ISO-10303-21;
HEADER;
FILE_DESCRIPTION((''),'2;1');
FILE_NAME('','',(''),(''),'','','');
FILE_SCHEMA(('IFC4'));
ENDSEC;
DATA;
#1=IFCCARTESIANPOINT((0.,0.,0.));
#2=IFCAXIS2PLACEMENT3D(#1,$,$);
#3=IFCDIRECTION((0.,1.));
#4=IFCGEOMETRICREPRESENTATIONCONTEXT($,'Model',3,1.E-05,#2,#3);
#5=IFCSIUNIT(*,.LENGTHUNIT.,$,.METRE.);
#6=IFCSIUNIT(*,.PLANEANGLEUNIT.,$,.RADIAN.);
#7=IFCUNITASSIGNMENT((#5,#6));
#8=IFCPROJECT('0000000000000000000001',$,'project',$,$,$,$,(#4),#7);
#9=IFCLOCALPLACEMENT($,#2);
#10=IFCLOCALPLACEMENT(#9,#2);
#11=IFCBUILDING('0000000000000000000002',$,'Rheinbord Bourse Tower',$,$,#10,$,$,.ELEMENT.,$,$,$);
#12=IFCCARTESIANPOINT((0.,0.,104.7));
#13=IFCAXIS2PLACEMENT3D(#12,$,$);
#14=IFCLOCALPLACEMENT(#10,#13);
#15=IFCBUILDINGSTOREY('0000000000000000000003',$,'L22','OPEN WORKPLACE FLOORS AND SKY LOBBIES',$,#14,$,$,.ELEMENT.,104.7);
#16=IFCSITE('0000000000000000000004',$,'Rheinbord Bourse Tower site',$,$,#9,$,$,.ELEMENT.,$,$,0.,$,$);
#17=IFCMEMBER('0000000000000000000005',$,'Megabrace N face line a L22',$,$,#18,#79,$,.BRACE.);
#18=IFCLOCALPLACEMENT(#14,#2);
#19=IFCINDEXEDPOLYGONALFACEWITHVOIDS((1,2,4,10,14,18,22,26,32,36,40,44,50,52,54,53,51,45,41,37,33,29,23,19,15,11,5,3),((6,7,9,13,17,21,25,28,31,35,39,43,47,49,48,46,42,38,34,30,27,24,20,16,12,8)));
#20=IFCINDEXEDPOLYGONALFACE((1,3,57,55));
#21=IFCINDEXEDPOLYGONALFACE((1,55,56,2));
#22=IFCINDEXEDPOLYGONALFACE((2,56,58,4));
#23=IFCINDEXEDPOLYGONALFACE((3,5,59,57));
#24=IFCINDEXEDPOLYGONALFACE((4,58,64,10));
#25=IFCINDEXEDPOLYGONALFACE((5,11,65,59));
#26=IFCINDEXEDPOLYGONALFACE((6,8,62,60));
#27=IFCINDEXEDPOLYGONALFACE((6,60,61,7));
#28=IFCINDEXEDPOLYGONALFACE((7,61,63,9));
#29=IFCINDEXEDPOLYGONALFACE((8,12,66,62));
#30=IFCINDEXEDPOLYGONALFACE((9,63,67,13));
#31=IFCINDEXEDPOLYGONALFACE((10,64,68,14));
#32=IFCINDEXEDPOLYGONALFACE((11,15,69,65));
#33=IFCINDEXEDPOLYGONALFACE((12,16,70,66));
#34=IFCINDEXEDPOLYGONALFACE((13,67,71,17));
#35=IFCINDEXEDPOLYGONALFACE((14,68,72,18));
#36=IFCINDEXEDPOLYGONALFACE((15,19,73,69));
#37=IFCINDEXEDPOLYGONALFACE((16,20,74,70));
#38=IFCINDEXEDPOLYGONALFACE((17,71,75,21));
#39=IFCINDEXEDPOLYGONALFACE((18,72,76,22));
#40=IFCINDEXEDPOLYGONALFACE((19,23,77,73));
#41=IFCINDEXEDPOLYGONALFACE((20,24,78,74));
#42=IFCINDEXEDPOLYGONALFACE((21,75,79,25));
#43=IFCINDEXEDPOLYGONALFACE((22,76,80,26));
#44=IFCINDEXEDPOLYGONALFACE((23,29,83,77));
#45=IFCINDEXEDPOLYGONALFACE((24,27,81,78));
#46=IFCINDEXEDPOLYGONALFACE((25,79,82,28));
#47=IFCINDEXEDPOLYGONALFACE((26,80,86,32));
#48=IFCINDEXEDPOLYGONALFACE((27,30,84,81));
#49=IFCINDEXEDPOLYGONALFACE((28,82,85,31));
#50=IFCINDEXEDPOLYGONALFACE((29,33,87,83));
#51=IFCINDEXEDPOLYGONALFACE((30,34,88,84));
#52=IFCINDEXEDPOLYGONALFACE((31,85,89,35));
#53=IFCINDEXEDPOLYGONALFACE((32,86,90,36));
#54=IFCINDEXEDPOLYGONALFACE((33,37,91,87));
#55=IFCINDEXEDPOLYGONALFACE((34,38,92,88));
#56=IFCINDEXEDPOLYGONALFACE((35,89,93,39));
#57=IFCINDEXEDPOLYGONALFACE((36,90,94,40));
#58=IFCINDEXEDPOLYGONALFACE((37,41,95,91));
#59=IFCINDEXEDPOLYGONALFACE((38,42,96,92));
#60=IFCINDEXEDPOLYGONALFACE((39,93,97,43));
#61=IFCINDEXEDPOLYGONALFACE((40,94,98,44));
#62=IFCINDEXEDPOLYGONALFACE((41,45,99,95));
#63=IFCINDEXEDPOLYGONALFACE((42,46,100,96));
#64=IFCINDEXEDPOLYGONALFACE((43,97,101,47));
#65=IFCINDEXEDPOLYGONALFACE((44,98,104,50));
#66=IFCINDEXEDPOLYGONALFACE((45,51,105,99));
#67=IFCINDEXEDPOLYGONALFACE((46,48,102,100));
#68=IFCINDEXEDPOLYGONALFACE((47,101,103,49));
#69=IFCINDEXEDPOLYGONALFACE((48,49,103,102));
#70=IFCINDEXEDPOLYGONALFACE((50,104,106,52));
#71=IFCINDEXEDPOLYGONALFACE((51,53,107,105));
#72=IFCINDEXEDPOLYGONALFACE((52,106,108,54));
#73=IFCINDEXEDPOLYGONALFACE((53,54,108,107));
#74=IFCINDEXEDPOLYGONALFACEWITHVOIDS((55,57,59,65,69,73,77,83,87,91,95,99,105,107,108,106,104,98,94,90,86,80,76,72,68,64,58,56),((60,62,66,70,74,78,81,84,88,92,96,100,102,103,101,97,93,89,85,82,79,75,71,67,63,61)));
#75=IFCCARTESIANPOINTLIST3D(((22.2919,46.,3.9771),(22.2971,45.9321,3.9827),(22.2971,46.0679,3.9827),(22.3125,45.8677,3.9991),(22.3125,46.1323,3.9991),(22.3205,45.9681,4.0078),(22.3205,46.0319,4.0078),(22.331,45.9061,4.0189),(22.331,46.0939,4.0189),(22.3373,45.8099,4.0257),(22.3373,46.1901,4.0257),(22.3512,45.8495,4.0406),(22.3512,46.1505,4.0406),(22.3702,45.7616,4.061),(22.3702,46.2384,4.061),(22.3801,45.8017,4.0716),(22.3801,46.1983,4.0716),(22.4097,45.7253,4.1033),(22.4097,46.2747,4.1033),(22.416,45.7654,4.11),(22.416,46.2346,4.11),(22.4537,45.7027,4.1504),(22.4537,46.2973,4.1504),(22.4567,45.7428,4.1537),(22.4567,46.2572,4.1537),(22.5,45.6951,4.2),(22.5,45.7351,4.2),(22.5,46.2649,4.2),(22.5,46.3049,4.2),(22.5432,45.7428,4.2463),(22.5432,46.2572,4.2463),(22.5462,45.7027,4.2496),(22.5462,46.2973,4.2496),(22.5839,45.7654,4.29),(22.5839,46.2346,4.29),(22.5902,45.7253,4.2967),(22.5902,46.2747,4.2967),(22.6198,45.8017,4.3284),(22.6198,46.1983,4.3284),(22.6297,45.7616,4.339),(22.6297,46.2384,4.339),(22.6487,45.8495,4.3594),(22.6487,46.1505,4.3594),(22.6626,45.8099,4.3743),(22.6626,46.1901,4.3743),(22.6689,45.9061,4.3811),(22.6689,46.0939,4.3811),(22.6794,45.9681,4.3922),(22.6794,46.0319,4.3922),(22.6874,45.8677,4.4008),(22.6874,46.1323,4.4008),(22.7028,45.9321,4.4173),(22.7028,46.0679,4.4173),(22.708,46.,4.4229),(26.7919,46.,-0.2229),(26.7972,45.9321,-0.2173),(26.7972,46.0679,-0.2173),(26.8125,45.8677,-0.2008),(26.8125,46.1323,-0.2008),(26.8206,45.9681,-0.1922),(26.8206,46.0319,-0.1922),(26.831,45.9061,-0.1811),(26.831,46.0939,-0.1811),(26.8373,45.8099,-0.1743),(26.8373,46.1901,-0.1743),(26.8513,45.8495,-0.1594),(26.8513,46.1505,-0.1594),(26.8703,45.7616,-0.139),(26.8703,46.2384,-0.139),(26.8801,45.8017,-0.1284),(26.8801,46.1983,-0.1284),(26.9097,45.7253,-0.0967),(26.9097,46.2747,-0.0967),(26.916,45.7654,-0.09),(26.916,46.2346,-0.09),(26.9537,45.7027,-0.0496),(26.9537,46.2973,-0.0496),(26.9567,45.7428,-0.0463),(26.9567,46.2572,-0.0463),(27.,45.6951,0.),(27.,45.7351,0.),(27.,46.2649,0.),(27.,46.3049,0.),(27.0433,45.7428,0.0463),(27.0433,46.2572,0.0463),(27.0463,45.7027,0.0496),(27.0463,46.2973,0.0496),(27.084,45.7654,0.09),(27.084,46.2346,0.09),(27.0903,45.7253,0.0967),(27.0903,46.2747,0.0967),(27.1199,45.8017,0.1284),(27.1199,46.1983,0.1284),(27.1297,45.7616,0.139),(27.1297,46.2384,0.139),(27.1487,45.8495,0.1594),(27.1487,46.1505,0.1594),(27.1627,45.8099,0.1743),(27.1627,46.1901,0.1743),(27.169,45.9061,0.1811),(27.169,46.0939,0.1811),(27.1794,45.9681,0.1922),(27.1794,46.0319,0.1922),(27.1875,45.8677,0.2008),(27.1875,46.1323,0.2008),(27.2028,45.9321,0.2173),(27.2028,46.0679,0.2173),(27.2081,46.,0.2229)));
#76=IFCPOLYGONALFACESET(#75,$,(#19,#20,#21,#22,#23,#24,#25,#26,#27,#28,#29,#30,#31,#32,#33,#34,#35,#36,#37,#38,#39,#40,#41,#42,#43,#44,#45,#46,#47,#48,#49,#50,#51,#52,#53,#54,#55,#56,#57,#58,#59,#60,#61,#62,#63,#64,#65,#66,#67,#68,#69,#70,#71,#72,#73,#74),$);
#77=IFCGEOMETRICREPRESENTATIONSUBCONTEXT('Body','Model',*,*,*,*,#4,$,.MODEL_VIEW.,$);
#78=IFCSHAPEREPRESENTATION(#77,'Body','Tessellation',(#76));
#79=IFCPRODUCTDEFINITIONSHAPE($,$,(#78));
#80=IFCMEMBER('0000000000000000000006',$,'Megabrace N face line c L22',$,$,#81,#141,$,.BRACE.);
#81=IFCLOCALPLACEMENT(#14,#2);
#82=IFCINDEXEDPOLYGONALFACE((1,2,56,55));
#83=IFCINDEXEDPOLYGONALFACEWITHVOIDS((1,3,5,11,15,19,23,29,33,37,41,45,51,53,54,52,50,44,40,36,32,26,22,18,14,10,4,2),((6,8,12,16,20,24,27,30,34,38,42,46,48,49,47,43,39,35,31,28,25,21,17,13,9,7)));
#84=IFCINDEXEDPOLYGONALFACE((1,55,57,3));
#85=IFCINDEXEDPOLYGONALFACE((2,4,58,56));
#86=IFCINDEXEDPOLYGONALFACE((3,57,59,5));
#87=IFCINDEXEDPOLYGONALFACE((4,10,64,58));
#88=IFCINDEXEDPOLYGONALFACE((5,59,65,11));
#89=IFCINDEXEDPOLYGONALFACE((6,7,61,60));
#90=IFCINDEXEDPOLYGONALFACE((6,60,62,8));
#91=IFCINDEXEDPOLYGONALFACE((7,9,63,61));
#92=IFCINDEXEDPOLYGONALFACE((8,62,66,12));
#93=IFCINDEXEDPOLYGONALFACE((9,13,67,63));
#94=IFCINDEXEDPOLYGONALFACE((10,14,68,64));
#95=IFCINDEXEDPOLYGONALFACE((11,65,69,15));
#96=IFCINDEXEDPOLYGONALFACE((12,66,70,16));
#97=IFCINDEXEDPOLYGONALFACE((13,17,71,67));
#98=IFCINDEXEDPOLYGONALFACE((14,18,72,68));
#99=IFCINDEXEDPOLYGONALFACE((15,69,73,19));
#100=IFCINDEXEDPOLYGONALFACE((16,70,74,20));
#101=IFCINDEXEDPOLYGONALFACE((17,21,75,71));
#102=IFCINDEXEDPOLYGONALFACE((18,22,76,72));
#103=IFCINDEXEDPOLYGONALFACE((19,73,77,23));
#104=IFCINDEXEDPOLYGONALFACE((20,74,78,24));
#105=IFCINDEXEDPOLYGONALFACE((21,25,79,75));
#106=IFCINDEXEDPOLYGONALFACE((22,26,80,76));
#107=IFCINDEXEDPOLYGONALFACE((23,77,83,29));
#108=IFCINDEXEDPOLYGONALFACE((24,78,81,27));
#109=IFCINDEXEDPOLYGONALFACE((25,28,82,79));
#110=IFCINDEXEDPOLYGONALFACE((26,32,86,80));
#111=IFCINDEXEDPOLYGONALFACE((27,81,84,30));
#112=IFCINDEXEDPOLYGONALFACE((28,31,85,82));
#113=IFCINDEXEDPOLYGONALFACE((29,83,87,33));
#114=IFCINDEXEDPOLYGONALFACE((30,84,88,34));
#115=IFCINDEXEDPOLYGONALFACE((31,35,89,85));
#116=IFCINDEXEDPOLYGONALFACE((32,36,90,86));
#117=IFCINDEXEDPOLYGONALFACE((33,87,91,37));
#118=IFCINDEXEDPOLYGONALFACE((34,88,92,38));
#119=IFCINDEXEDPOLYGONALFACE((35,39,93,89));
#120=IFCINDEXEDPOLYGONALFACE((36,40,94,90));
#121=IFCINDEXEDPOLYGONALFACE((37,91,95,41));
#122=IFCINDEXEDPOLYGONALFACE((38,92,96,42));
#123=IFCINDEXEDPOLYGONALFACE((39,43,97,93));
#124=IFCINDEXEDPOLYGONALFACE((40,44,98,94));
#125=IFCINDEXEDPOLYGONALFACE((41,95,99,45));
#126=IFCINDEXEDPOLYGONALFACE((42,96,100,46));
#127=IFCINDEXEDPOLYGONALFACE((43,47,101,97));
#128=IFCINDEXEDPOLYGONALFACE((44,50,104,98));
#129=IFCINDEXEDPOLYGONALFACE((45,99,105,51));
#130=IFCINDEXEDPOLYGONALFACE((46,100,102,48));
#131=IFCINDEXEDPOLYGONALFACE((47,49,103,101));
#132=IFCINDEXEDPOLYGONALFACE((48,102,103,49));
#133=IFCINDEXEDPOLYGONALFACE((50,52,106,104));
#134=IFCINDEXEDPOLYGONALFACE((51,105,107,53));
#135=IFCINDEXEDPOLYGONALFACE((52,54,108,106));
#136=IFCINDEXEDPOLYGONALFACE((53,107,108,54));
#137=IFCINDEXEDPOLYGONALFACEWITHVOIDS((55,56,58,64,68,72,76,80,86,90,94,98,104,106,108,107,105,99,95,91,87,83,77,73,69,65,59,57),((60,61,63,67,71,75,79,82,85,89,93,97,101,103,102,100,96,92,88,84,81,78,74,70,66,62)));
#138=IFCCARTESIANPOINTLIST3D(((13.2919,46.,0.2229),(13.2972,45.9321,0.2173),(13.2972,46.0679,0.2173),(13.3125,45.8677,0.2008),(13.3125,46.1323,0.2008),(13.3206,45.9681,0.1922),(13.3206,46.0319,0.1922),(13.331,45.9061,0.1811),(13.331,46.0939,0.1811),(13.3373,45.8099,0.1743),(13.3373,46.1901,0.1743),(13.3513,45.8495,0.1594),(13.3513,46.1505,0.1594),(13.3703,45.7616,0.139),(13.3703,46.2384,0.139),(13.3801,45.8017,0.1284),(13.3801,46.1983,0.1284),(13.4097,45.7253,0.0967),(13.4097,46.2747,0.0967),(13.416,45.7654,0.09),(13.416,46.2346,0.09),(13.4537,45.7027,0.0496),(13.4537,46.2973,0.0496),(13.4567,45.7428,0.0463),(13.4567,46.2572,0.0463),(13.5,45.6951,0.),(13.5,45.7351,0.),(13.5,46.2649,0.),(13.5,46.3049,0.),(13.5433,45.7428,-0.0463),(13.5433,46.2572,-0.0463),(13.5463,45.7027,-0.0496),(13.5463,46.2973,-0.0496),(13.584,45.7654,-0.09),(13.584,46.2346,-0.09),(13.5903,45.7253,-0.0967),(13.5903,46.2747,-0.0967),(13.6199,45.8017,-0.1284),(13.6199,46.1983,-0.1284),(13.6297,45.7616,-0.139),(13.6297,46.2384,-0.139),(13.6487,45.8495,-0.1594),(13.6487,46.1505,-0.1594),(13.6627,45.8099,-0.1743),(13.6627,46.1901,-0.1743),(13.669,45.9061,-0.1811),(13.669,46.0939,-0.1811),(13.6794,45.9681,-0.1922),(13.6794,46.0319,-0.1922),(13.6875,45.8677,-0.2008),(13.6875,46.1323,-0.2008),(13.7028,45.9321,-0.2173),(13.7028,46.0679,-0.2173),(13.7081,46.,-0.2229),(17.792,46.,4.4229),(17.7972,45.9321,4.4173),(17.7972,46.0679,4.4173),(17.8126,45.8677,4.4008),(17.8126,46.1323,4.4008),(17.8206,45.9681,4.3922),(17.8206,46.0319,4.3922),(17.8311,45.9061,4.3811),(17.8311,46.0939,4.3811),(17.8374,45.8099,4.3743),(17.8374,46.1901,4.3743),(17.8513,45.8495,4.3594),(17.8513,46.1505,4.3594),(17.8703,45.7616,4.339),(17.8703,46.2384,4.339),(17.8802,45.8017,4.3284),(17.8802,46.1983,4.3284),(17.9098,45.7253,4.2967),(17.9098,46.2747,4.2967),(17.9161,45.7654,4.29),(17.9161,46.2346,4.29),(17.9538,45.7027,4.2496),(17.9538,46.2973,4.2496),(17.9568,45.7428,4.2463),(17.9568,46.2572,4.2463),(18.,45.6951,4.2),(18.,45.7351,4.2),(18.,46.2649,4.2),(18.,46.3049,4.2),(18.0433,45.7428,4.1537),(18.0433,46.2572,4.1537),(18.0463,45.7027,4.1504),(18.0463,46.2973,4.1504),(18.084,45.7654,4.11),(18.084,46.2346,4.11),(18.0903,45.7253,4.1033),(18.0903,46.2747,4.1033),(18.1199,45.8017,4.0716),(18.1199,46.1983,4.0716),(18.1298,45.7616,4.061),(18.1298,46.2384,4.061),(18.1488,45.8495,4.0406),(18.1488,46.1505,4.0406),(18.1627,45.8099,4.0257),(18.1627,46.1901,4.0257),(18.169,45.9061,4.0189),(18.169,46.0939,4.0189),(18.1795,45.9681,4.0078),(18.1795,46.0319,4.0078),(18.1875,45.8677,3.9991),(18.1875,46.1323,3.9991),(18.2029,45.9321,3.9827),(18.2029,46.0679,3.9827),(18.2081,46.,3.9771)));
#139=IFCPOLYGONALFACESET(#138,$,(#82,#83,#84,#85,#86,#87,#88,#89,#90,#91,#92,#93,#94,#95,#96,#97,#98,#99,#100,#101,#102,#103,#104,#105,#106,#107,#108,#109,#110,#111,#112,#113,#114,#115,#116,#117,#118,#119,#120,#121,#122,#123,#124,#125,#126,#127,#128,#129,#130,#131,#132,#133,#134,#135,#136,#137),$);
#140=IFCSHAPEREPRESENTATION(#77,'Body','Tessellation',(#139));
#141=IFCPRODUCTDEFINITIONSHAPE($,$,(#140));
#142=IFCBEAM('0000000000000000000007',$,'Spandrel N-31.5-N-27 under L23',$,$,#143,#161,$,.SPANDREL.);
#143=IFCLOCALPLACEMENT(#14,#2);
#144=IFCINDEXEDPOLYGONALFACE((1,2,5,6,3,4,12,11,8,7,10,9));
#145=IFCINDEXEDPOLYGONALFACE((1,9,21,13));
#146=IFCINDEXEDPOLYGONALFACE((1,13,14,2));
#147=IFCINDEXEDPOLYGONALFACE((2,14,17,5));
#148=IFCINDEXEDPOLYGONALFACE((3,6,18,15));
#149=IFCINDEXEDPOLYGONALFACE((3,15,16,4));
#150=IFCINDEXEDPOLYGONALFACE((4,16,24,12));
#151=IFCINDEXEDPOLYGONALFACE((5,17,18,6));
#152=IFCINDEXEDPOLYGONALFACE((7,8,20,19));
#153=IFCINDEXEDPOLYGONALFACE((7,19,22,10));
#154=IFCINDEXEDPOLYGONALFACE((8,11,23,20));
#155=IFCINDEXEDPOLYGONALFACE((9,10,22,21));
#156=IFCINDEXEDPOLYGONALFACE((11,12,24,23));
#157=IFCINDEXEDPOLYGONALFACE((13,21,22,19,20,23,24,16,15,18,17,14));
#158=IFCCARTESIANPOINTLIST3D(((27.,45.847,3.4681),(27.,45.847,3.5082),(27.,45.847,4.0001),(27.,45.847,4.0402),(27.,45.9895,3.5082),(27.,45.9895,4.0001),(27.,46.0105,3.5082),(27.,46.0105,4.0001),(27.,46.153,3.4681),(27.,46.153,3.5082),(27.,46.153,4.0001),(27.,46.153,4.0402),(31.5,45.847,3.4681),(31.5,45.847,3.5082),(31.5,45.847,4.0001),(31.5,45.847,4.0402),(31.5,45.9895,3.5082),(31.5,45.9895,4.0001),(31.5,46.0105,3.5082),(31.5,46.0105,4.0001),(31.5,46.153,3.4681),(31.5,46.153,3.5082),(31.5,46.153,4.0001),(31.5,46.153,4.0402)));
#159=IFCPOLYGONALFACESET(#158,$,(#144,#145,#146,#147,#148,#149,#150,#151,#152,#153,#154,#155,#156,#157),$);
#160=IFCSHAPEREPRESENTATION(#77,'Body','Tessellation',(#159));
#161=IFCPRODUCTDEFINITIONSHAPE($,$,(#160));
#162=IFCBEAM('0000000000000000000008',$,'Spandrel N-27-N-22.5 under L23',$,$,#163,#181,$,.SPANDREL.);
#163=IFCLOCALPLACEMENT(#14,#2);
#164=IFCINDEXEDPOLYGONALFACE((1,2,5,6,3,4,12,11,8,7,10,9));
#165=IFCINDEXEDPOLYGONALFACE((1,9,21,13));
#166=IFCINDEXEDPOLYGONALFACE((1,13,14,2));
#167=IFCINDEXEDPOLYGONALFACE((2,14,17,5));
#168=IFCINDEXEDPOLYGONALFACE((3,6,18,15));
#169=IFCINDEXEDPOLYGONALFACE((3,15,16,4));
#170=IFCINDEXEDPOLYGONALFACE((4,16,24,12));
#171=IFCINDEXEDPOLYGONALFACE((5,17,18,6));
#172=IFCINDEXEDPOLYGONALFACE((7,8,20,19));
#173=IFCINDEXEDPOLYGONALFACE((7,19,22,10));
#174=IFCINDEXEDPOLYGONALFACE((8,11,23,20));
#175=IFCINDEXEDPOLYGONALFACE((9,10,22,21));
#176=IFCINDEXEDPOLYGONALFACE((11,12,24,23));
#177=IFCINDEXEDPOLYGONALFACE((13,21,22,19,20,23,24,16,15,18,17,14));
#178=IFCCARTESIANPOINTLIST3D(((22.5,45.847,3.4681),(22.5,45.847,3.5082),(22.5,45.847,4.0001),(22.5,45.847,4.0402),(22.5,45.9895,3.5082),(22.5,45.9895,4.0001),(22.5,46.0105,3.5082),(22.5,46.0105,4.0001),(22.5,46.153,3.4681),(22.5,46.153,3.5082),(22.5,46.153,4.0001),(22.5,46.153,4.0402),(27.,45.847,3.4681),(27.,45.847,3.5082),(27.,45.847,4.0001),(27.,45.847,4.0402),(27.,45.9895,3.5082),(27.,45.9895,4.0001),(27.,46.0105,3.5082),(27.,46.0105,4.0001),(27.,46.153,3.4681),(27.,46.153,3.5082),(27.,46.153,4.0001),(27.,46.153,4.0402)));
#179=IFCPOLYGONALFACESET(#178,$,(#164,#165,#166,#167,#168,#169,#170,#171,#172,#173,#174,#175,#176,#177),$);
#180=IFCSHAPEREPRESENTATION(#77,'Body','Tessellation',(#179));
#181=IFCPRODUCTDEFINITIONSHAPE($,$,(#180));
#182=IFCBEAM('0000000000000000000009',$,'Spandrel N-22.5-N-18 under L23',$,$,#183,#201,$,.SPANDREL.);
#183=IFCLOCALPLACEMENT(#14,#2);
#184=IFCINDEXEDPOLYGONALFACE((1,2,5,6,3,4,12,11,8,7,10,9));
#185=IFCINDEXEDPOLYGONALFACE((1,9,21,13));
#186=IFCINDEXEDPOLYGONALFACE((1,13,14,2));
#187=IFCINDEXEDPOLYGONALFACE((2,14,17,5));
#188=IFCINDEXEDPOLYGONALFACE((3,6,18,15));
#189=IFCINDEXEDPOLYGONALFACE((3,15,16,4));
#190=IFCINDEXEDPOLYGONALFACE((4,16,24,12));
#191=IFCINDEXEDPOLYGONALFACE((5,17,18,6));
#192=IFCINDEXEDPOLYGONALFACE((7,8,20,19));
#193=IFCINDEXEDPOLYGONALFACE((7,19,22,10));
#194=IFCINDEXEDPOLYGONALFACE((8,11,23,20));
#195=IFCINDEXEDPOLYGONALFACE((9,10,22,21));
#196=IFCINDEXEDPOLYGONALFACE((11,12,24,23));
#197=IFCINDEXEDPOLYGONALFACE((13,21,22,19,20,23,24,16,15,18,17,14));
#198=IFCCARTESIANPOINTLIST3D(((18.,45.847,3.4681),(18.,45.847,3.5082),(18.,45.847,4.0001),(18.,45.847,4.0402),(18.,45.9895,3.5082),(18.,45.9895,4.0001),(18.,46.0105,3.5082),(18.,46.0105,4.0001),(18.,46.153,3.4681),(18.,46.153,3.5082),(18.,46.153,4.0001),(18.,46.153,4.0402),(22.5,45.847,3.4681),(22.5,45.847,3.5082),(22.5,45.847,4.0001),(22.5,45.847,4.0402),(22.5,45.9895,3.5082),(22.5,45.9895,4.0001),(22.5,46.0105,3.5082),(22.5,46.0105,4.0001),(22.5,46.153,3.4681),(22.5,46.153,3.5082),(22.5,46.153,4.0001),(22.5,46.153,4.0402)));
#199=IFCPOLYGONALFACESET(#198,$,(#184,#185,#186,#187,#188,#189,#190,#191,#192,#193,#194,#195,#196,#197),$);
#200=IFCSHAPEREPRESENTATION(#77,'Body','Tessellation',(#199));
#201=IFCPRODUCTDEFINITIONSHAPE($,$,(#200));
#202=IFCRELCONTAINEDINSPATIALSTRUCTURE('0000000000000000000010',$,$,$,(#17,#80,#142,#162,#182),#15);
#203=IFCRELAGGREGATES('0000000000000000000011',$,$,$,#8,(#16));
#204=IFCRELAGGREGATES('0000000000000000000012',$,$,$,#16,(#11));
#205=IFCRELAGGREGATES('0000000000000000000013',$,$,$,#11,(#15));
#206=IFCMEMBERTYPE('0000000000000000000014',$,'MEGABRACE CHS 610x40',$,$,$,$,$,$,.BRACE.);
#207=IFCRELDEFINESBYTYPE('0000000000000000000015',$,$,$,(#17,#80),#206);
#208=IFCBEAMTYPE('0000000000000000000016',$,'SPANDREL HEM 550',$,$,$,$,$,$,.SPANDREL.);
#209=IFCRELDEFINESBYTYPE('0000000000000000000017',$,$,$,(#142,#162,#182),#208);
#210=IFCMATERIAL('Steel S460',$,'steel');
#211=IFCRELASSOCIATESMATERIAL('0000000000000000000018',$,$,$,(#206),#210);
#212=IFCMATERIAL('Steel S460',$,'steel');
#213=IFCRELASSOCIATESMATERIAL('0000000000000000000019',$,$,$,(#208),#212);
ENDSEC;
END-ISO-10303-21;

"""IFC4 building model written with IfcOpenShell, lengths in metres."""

from ifc_helpers import new_model, si_unit, direction, frame, origin, origin_2d, place, context, subcontext, project, spatial, hollow_circle, i_section, extrude, material, material_profile, profile_set, type_object, element, save


model = new_model("IFC4")

# Units and contexts
model_context = context("Model", 3, precision=1e-05, world=origin(), true_north=direction((0.0, 1.0)))
body_context = subcontext(model_context, "Body", "Model", "MODEL_VIEW")
ifc_project = project(units=[si_unit("LENGTHUNIT", "METRE"), si_unit("PLANEANGLEUNIT", "RADIAN")], contexts=[model_context])

# Site, building, storey
site_placement = place(None, origin())
site = spatial("IfcSite", under=ifc_project, at=site_placement, Name="Rheinbord Bourse Tower site", CompositionType="ELEMENT", RefElevation=0.0)
building_placement = place(site_placement, origin())
building = spatial("IfcBuilding", under=site, at=building_placement, Name="Rheinbord Bourse Tower", CompositionType="ELEMENT")
storey_placement = place(building_placement, frame((0.0, 0.0, 104.7)))
storey = spatial("IfcBuildingStorey", under=building, at=storey_placement, Name="L22", Description="OPEN WORKPLACE FLOORS AND SKY LOBBIES", CompositionType="ELEMENT", Elevation=104.7)

# Members
ifc_material_1 = material(Name="Steel S460", Category="steel")
ifc_material_profile_1 = material_profile(ifc_material_1, hollow_circle(Radius=0.3049, WallThickness=0.04, at=origin_2d()), Name="CHS 610x40")
ifc_profile_set_1 = profile_set([ifc_material_profile_1], Name="Steel S460")
member_type_1 = type_object("IfcMemberType", Name="MEGABRACE CHS 610x40", PredefinedType="BRACE", material=ifc_profile_set_1)
for number, where, z_axis, x_axis, name in (
    (1, (27.0, 46.0, 0.0), (-0.731059, 0.0, 0.682314), (0.0, -1.0, 0.0), "Megabrace N face line a L22"),
    (2, (13.5, 46.0, 0.0), (0.731059, 0.0, 0.682314), (0.0, 1.0, 0.0), "Megabrace N face line c L22"),
):
    element("IfcMember", number, at=place(storey_placement, frame(where, z_axis=z_axis, x_axis=x_axis)), inside=storey, type_object=member_type_1, Name=name, PredefinedType="BRACE", context=body_context, shape_type="SweptSolid", body=[
        extrude(hollow_circle(Radius=0.3049, WallThickness=0.04, at=origin_2d()), origin(), (0.0, 0.0, 1.0), 6.1555),
    ])

# Beams
ifc_material_2 = material(Name="Steel S460", Category="steel")
ifc_material_profile_2 = material_profile(ifc_material_2, i_section(OverallWidth=0.3059, OverallDepth=0.572, WebThickness=0.021, FlangeThickness=0.04, at=origin_2d()), Name="HEM 550")
ifc_profile_set_2 = profile_set([ifc_material_profile_2], Name="Steel S460")
beam_type_1 = type_object("IfcBeamType", Name="SPANDREL HEM 550", PredefinedType="SPANDREL", material=ifc_profile_set_2)
for number, where, z_axis, x_axis, name in (
    (3, (31.5, 46.0, 3.7542), (-1.0, 0.0, 0.0), (0.0, -1.0, 0.0), "Spandrel N-31.5-N-27 under L23"),
    (4, (27.0, 46.0, 3.7542), (-1.0, 0.0, 0.0), (0.0, -1.0, 0.0), "Spandrel N-27-N-22.5 under L23"),
    (5, (22.5, 46.0, 3.7542), (-1.0, 0.0, 0.0), (0.0, -1.0, 0.0), "Spandrel N-22.5-N-18 under L23"),
):
    element("IfcBeam", number, at=place(storey_placement, frame(where, z_axis=z_axis, x_axis=x_axis)), inside=storey, type_object=beam_type_1, Name=name, PredefinedType="SPANDREL", context=body_context, shape_type="SweptSolid", body=[
        extrude(i_section(OverallWidth=0.3059, OverallDepth=0.572, WebThickness=0.021, FlangeThickness=0.04, at=origin_2d()), origin(), (0.0, 0.0, 1.0), 4.5),
    ])

save(model, "model.ifc")
